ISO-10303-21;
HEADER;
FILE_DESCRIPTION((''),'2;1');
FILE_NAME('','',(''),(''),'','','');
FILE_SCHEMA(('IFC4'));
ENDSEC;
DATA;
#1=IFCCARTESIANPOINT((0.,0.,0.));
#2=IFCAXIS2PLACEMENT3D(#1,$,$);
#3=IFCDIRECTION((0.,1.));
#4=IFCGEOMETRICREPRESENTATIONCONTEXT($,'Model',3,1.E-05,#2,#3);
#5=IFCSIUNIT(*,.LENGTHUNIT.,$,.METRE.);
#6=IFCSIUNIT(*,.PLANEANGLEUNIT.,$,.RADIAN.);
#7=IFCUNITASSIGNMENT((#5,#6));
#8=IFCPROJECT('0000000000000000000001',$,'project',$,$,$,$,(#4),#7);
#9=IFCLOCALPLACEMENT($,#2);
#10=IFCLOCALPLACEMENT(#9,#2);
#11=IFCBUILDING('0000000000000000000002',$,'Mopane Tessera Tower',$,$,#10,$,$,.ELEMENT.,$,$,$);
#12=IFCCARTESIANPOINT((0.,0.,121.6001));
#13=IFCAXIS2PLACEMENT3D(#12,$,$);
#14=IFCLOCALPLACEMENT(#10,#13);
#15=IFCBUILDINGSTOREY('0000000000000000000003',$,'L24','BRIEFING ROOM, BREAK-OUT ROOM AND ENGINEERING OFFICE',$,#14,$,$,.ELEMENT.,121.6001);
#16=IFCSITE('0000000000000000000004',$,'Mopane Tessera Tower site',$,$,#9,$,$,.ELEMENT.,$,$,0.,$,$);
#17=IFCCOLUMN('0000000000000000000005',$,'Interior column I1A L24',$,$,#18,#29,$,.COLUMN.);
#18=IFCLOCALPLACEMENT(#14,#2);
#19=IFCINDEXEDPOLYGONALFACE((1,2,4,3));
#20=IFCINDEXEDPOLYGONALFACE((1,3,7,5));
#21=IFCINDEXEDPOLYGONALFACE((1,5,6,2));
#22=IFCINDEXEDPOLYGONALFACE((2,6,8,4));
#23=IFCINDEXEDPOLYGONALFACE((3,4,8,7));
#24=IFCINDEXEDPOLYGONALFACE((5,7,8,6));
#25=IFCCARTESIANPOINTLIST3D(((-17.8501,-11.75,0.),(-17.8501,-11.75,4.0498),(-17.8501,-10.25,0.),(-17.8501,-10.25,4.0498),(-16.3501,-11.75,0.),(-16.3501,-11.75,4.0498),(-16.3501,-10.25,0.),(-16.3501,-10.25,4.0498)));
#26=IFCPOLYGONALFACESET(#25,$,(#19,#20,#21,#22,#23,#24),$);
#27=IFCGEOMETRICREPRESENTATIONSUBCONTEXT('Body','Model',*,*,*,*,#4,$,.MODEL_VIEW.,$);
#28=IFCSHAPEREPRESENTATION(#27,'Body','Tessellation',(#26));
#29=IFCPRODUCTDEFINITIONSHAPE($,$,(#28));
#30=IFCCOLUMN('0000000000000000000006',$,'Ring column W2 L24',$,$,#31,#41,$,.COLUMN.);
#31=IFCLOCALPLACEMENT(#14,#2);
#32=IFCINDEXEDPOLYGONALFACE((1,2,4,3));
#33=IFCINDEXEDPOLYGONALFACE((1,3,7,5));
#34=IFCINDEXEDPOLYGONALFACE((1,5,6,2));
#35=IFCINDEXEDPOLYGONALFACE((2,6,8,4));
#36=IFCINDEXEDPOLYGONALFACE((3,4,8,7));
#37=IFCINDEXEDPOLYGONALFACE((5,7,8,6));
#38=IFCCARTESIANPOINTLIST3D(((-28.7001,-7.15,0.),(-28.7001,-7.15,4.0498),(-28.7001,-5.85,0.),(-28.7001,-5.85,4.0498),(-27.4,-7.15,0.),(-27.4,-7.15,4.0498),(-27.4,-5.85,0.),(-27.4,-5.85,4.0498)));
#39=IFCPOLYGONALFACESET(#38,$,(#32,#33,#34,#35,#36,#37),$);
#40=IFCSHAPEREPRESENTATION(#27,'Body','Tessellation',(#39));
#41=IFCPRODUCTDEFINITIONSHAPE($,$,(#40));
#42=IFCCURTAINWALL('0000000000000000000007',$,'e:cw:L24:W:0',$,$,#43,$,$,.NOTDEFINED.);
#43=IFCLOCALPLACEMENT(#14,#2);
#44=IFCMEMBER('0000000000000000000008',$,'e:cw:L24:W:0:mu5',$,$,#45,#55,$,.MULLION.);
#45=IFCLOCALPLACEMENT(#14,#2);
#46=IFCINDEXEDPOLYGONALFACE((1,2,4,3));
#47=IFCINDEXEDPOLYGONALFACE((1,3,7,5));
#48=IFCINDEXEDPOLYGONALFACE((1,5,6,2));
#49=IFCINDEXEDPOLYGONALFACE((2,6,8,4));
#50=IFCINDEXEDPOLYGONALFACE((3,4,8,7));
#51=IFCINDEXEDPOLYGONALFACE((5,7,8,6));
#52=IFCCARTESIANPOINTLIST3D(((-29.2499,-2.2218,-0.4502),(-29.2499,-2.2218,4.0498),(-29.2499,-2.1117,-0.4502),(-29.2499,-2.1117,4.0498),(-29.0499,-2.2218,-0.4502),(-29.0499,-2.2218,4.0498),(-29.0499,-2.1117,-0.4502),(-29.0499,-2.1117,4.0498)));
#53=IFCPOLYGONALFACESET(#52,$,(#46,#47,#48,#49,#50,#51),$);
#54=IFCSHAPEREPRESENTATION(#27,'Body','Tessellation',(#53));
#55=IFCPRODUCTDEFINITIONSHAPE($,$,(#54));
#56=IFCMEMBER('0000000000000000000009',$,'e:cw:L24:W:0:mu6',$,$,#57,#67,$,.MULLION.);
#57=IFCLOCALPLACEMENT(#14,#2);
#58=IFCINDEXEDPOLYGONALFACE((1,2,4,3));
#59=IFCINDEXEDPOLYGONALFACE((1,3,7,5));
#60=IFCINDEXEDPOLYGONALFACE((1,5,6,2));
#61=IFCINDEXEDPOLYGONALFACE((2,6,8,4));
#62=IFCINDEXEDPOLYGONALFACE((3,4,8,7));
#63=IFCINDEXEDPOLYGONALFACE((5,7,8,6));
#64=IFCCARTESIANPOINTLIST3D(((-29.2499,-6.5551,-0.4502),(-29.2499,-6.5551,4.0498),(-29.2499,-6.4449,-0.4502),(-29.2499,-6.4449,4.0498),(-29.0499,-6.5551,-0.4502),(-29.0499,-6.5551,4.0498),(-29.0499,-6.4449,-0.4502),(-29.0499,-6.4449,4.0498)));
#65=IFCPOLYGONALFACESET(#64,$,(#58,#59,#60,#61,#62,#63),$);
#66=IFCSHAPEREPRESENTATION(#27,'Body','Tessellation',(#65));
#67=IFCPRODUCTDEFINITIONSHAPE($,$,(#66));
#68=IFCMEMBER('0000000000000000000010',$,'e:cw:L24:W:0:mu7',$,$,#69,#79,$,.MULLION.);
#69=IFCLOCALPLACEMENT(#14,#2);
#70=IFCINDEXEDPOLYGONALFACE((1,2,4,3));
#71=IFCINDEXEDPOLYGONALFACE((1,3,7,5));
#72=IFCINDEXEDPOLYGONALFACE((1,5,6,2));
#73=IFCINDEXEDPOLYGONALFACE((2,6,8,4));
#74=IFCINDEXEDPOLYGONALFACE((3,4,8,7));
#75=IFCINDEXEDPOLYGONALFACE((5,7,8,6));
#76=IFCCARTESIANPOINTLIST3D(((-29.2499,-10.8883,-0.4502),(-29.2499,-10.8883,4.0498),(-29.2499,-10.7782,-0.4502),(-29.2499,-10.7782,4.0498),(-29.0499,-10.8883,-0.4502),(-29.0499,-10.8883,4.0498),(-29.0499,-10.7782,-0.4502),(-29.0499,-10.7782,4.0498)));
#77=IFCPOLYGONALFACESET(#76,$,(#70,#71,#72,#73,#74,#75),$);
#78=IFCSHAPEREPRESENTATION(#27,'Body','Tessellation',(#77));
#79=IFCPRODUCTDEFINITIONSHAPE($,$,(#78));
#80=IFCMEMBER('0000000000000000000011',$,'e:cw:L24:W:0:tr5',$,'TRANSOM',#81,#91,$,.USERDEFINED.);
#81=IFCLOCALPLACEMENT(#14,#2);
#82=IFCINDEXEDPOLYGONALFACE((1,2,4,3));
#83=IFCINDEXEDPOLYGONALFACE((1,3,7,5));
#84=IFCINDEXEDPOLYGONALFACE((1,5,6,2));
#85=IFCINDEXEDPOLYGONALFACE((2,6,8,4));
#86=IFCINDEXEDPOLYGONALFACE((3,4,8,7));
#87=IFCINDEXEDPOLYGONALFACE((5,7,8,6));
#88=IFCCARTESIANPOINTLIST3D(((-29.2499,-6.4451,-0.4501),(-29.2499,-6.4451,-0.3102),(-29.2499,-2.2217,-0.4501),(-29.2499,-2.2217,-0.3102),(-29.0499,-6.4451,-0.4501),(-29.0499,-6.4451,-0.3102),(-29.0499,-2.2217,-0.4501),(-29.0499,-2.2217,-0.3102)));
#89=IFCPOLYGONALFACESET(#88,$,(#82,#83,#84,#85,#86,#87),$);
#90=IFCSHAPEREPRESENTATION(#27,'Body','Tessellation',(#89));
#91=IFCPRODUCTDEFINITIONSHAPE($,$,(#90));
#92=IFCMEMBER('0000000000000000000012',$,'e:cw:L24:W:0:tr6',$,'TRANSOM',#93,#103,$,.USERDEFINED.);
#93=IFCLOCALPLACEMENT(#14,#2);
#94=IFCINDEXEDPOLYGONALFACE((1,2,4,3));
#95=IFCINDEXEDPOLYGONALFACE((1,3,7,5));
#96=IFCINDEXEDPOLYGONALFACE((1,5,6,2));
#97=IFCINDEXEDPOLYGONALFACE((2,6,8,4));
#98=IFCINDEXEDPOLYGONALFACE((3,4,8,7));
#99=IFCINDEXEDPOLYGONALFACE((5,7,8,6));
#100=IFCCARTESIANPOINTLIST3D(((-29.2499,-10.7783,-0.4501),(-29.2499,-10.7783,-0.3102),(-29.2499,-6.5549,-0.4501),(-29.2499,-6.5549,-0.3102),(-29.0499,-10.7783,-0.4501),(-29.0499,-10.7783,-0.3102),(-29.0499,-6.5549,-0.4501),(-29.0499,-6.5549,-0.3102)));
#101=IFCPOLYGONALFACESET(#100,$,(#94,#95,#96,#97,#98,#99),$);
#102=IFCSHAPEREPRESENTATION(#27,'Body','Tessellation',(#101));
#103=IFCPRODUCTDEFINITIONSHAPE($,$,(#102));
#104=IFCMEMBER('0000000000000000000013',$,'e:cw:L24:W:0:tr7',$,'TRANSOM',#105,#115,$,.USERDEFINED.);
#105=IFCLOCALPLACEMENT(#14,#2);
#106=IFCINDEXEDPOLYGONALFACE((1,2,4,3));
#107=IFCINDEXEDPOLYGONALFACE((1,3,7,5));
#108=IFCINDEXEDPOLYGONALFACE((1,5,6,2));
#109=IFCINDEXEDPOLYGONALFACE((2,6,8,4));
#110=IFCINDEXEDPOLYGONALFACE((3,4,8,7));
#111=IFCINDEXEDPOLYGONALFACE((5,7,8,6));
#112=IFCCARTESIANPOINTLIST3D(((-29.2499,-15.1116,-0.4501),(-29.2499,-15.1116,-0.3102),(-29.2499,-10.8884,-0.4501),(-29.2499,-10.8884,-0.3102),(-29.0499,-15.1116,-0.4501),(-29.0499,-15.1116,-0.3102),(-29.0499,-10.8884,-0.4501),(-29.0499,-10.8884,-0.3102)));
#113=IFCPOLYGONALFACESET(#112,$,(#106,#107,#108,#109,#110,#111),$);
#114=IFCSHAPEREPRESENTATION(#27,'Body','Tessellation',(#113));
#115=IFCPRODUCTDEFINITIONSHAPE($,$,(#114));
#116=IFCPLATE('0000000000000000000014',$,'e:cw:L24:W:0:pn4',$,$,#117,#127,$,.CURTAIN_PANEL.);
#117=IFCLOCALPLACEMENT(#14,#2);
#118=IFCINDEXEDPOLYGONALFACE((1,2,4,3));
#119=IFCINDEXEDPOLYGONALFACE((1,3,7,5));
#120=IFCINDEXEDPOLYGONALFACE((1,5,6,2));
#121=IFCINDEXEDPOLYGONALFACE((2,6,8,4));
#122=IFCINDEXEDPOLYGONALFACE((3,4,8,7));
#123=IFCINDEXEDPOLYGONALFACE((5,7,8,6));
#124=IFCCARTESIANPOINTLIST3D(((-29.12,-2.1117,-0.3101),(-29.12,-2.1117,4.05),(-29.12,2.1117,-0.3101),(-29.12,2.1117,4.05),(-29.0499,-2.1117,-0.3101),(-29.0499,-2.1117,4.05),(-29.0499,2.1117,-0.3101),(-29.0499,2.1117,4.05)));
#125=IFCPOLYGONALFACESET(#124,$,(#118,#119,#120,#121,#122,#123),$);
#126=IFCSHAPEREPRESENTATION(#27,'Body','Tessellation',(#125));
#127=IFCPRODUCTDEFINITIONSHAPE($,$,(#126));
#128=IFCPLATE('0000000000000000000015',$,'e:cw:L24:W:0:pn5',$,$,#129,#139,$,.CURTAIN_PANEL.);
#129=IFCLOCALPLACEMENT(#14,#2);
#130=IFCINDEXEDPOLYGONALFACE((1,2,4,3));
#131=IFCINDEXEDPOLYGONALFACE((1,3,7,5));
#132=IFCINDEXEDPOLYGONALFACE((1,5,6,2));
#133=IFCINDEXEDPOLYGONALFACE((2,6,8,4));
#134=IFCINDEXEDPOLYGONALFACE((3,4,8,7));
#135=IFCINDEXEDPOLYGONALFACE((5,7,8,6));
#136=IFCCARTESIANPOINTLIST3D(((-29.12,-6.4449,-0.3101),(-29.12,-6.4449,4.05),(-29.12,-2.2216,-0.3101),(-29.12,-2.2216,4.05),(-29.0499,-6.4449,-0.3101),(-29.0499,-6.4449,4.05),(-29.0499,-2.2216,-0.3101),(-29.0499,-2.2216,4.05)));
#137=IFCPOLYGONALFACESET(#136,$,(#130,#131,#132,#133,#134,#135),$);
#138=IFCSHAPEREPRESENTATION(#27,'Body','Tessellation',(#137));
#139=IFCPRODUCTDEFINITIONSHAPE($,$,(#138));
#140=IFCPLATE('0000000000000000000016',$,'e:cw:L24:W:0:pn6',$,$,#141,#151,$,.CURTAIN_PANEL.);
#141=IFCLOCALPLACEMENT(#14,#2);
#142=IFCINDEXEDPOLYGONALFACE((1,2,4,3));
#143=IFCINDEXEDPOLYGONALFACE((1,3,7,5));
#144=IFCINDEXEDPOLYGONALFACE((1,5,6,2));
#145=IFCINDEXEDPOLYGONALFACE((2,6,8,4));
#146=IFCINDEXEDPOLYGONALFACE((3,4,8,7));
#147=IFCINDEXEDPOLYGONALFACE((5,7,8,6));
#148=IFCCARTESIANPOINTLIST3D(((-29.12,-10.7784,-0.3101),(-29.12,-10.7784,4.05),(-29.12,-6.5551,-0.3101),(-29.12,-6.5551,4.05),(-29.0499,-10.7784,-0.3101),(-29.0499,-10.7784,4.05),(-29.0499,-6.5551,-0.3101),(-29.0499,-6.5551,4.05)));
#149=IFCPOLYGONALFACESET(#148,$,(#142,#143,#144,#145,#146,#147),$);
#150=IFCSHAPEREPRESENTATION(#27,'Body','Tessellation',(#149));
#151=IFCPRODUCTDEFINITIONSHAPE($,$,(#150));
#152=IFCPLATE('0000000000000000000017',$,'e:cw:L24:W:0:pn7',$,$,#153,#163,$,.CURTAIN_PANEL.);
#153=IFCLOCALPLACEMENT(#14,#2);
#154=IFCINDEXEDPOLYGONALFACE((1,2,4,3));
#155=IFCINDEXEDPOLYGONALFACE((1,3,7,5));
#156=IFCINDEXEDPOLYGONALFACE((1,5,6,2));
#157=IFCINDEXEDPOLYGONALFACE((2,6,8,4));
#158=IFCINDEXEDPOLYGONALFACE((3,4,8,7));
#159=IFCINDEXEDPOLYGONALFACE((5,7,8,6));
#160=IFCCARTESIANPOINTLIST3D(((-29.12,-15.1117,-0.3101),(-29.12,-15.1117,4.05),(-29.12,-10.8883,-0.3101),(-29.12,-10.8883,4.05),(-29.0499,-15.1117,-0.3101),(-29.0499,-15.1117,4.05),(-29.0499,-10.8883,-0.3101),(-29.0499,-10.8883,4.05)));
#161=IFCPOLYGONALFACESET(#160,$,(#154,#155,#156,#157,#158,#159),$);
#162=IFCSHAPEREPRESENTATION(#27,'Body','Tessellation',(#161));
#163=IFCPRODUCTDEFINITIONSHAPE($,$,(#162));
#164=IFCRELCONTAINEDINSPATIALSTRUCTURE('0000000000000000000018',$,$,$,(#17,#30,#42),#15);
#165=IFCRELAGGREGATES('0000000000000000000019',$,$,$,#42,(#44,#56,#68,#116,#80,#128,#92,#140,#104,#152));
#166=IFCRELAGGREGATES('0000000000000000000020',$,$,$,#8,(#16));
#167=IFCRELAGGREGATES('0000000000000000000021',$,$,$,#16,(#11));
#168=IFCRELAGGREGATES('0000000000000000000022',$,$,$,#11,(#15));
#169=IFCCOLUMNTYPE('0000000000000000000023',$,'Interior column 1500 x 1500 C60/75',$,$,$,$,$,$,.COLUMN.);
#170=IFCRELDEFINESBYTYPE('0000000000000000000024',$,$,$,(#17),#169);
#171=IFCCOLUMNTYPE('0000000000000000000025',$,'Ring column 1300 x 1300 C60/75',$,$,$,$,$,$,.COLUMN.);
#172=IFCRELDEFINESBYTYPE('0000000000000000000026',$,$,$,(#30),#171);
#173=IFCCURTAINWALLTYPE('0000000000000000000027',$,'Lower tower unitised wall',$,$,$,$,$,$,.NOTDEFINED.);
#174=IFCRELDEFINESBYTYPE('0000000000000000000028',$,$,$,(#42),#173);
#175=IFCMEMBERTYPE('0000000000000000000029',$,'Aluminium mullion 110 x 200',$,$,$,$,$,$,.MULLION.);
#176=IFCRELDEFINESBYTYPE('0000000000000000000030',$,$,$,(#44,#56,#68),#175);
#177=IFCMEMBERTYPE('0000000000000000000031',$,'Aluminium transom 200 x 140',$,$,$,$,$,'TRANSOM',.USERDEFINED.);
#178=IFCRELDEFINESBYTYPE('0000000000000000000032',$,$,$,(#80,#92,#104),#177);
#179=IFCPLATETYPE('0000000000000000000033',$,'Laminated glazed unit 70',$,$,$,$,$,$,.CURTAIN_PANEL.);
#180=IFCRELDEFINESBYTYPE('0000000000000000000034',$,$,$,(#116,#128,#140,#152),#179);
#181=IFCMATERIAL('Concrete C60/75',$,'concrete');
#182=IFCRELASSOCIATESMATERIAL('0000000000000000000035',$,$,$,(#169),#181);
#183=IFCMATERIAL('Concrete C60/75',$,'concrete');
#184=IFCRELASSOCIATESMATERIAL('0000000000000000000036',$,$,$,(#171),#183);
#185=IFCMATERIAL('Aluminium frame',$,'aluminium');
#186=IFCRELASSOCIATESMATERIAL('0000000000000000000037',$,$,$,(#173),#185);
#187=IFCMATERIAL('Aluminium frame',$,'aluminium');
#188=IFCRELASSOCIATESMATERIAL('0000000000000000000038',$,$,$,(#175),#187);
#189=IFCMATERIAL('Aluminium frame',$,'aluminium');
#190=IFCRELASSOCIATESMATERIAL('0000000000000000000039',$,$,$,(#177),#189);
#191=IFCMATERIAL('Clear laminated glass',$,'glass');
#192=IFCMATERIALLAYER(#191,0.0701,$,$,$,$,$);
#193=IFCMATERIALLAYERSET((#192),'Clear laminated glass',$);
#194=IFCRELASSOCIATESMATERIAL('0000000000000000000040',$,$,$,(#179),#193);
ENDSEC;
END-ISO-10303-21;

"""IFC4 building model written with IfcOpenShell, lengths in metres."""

from ifc_helpers import new_model, si_unit, direction, frame, origin, origin_2d, place, context, subcontext, project, spatial, rectangle, extrude, material, layer, layer_set, material_profile, profile_set, type_object, element, aggregate, save


model = new_model("IFC4")

# Units and contexts
model_context = context("Model", 3, precision=1e-05, world=origin(), true_north=direction((0.0, 1.0)))
body_context = subcontext(model_context, "Body", "Model", "MODEL_VIEW")
ifc_project = project(units=[si_unit("LENGTHUNIT", "METRE"), si_unit("PLANEANGLEUNIT", "RADIAN")], contexts=[model_context])

# Site, building, storey
site_placement = place(None, origin())
site = spatial("IfcSite", under=ifc_project, at=site_placement, Name="Mopane Tessera Tower site", CompositionType="ELEMENT", RefElevation=0.0)
building_placement = place(site_placement, origin())
building = spatial("IfcBuilding", under=site, at=building_placement, Name="Mopane Tessera Tower", CompositionType="ELEMENT")
storey_placement = place(building_placement, frame((0.0, 0.0, 121.6001)))
storey = spatial("IfcBuildingStorey", under=building, at=storey_placement, Name="L24", Description="BRIEFING ROOM, BREAK-OUT ROOM AND ENGINEERING OFFICE", CompositionType="ELEMENT", Elevation=121.6001)

# Columns
ifc_material_1 = material(Name="Concrete C60/75", Category="concrete")
ifc_material_profile_1 = material_profile(ifc_material_1, rectangle(XDim=1.5, YDim=1.5, at=origin_2d()))
ifc_profile_set_1 = profile_set([ifc_material_profile_1], Name="Concrete C60/75")
column_type_1 = type_object("IfcColumnType", Name="Interior column 1500 x 1500 C60/75", PredefinedType="COLUMN", material=ifc_profile_set_1)
column_1_placement = place(storey_placement, frame((-17.1001, -11.0, 0.0), z_axis=(0.0, 0.0, 1.0), x_axis=(1.0, 0.0, 0.0)))
element("IfcColumn", 1, at=column_1_placement, inside=storey, type_object=column_type_1, Name="Interior column I1A L24", PredefinedType="COLUMN", context=body_context, shape_type="SweptSolid", body=[
    extrude(rectangle(XDim=1.5, YDim=1.5, at=origin_2d()), origin(), (0.0, 0.0, 1.0), 4.0498),
])
ifc_material_2 = material(Name="Concrete C60/75", Category="concrete")
ifc_material_profile_2 = material_profile(ifc_material_2, rectangle(XDim=1.3, YDim=1.3, at=origin_2d()))
ifc_profile_set_2 = profile_set([ifc_material_profile_2], Name="Concrete C60/75")
column_type_2 = type_object("IfcColumnType", Name="Ring column 1300 x 1300 C60/75", PredefinedType="COLUMN", material=ifc_profile_set_2)
column_2_placement = place(storey_placement, frame((-28.05, -6.5, 0.0), z_axis=(0.0, 0.0, 1.0), x_axis=(1.0, 0.0, 0.0)))
element("IfcColumn", 2, at=column_2_placement, inside=storey, type_object=column_type_2, Name="Ring column W2 L24", PredefinedType="COLUMN", context=body_context, shape_type="SweptSolid", body=[
    extrude(rectangle(XDim=1.3, YDim=1.3, at=origin_2d()), origin(), (0.0, 0.0, 1.0), 4.0498),
])

# Curtain wall, members, plates
ifc_material_3 = material(Name="Aluminium frame", Category="aluminium")
curtain_wall_type = type_object("IfcCurtainWallType", Name="Lower tower unitised wall", PredefinedType="NOTDEFINED", material=ifc_material_3)
curtain_wall_placement = place(storey_placement, origin())
curtain_wall = element("IfcCurtainWall", 3, at=curtain_wall_placement, inside=storey, type_object=curtain_wall_type, Name="e:cw:L24:W:0", PredefinedType="NOTDEFINED")
ifc_material_4 = material(Name="Aluminium frame", Category="aluminium")
ifc_material_profile_3 = material_profile(ifc_material_4, rectangle(XDim=0.1101, YDim=0.2, at=origin_2d()))
ifc_profile_set_3 = profile_set([ifc_material_profile_3], Name="Aluminium frame")
member_type_1 = type_object("IfcMemberType", Name="Aluminium mullion 110 x 200", PredefinedType="MULLION", material=ifc_profile_set_3)
member_1_placement = place(storey_placement, frame((-29.1499, -2.1667, -0.4502), z_axis=(0.0, 0.0, 1.0), x_axis=(0.0, -1.0, 0.0)))
member_1 = element("IfcMember", 4, at=member_1_placement, type_object=member_type_1, Name="e:cw:L24:W:0:mu5", PredefinedType="MULLION", context=body_context, shape_type="SweptSolid", body=[
    extrude(rectangle(XDim=0.1101, YDim=0.2, at=origin_2d()), origin(), (0.0, 0.0, 1.0), 4.5),
])
member_2_placement = place(storey_placement, frame((-29.1499, -6.5, -0.4502), z_axis=(0.0, 0.0, 1.0), x_axis=(0.0, -1.0, 0.0)))
member_2 = element("IfcMember", 5, at=member_2_placement, type_object=member_type_1, Name="e:cw:L24:W:0:mu6", PredefinedType="MULLION", context=body_context, shape_type="SweptSolid", body=[
    extrude(rectangle(XDim=0.1101, YDim=0.2, at=origin_2d()), origin(), (0.0, 0.0, 1.0), 4.5),
])
member_3_placement = place(storey_placement, frame((-29.1499, -10.8333, -0.4502), z_axis=(0.0, 0.0, 1.0), x_axis=(0.0, -1.0, 0.0)))
member_3 = element("IfcMember", 6, at=member_3_placement, type_object=member_type_1, Name="e:cw:L24:W:0:mu7", PredefinedType="MULLION", context=body_context, shape_type="SweptSolid", body=[
    extrude(rectangle(XDim=0.1101, YDim=0.2, at=origin_2d()), origin(), (0.0, 0.0, 1.0), 4.5),
])
ifc_material_5 = material(Name="Aluminium frame", Category="aluminium")
ifc_material_profile_4 = material_profile(ifc_material_5, rectangle(XDim=0.2, YDim=0.1399, at=origin_2d()))
ifc_profile_set_4 = profile_set([ifc_material_profile_4], Name="Aluminium frame")
member_type_2 = type_object("IfcMemberType", Name="Aluminium transom 200 x 140", ElementType="TRANSOM", PredefinedType="USERDEFINED", material=ifc_profile_set_4)
member_4_placement = place(storey_placement, frame((-29.1499, -2.2217, -0.3801), z_axis=(0.0, -1.0, 0.0), x_axis=(1.0, 0.0, 0.0)))
member_4 = element("IfcMember", 7, at=member_4_placement, type_object=member_type_2, Name="e:cw:L24:W:0:tr5", ObjectType="TRANSOM", PredefinedType="USERDEFINED", context=body_context, shape_type="SweptSolid", body=[
    extrude(rectangle(XDim=0.2, YDim=0.1399, at=origin_2d()), origin(), (0.0, 0.0, 1.0), 4.2234),
])
member_5_placement = place(storey_placement, frame((-29.1499, -6.5549, -0.3801), z_axis=(0.0, -1.0, 0.0), x_axis=(1.0, 0.0, 0.0)))
member_5 = element("IfcMember", 8, at=member_5_placement, type_object=member_type_2, Name="e:cw:L24:W:0:tr6", ObjectType="TRANSOM", PredefinedType="USERDEFINED", context=body_context, shape_type="SweptSolid", body=[
    extrude(rectangle(XDim=0.2, YDim=0.1399, at=origin_2d()), origin(), (0.0, 0.0, 1.0), 4.2234),
])
member_6_placement = place(storey_placement, frame((-29.1499, -10.8884, -0.3801), z_axis=(0.0, -1.0, 0.0), x_axis=(1.0, 0.0, 0.0)))
member_6 = element("IfcMember", 9, at=member_6_placement, type_object=member_type_2, Name="e:cw:L24:W:0:tr7", ObjectType="TRANSOM", PredefinedType="USERDEFINED", context=body_context, shape_type="SweptSolid", body=[
    extrude(rectangle(XDim=0.2, YDim=0.1399, at=origin_2d()), origin(), (0.0, 0.0, 1.0), 4.2231),
])
ifc_material_6 = material(Name="Clear laminated glass", Category="glass")
ifc_layer_1 = layer(ifc_material_6, 0.0701)
ifc_layer_set_1 = layer_set([ifc_layer_1], Name="Clear laminated glass")
plate_type = type_object("IfcPlateType", Name="Laminated glazed unit 70", PredefinedType="CURTAIN_PANEL", material=ifc_layer_set_1)
plate_1_placement = place(storey_placement, frame((-29.085, 0.0, -0.3101), z_axis=(0.0, 0.0, 1.0), x_axis=(0.0, -1.0, 0.0)))
plate_1 = element("IfcPlate", 10, at=plate_1_placement, type_object=plate_type, Name="e:cw:L24:W:0:pn4", PredefinedType="CURTAIN_PANEL", context=body_context, shape_type="SweptSolid", body=[
    extrude(rectangle(XDim=4.2234, YDim=0.0701, at=origin_2d()), origin(), (0.0, 0.0, 1.0), 4.3601),
])
plate_2_placement = place(storey_placement, frame((-29.085, -4.3333, -0.3101), z_axis=(0.0, 0.0, 1.0), x_axis=(0.0, -1.0, 0.0)))
plate_2 = element("IfcPlate", 11, at=plate_2_placement, type_object=plate_type, Name="e:cw:L24:W:0:pn5", PredefinedType="CURTAIN_PANEL", context=body_context, shape_type="SweptSolid", body=[
    extrude(rectangle(XDim=4.2234, YDim=0.0701, at=origin_2d()), origin(), (0.0, 0.0, 1.0), 4.3601),
])
plate_3_placement = place(storey_placement, frame((-29.085, -8.6667, -0.3101), z_axis=(0.0, 0.0, 1.0), x_axis=(0.0, -1.0, 0.0)))
plate_3 = element("IfcPlate", 12, at=plate_3_placement, type_object=plate_type, Name="e:cw:L24:W:0:pn6", PredefinedType="CURTAIN_PANEL", context=body_context, shape_type="SweptSolid", body=[
    extrude(rectangle(XDim=4.2234, YDim=0.0701, at=origin_2d()), origin(), (0.0, 0.0, 1.0), 4.3601),
])
plate_4_placement = place(storey_placement, frame((-29.085, -13.0, -0.3101), z_axis=(0.0, 0.0, 1.0), x_axis=(0.0, -1.0, 0.0)))
plate_4 = element("IfcPlate", 13, at=plate_4_placement, type_object=plate_type, Name="e:cw:L24:W:0:pn7", PredefinedType="CURTAIN_PANEL", context=body_context, shape_type="SweptSolid", body=[
    extrude(rectangle(XDim=4.2234, YDim=0.0701, at=origin_2d()), origin(), (0.0, 0.0, 1.0), 4.3601),
])
aggregate(curtain_wall, [member_1, member_2, member_3, plate_1, member_4, plate_2, member_5, plate_3, member_6, plate_4])

save(model, "model.ifc")
